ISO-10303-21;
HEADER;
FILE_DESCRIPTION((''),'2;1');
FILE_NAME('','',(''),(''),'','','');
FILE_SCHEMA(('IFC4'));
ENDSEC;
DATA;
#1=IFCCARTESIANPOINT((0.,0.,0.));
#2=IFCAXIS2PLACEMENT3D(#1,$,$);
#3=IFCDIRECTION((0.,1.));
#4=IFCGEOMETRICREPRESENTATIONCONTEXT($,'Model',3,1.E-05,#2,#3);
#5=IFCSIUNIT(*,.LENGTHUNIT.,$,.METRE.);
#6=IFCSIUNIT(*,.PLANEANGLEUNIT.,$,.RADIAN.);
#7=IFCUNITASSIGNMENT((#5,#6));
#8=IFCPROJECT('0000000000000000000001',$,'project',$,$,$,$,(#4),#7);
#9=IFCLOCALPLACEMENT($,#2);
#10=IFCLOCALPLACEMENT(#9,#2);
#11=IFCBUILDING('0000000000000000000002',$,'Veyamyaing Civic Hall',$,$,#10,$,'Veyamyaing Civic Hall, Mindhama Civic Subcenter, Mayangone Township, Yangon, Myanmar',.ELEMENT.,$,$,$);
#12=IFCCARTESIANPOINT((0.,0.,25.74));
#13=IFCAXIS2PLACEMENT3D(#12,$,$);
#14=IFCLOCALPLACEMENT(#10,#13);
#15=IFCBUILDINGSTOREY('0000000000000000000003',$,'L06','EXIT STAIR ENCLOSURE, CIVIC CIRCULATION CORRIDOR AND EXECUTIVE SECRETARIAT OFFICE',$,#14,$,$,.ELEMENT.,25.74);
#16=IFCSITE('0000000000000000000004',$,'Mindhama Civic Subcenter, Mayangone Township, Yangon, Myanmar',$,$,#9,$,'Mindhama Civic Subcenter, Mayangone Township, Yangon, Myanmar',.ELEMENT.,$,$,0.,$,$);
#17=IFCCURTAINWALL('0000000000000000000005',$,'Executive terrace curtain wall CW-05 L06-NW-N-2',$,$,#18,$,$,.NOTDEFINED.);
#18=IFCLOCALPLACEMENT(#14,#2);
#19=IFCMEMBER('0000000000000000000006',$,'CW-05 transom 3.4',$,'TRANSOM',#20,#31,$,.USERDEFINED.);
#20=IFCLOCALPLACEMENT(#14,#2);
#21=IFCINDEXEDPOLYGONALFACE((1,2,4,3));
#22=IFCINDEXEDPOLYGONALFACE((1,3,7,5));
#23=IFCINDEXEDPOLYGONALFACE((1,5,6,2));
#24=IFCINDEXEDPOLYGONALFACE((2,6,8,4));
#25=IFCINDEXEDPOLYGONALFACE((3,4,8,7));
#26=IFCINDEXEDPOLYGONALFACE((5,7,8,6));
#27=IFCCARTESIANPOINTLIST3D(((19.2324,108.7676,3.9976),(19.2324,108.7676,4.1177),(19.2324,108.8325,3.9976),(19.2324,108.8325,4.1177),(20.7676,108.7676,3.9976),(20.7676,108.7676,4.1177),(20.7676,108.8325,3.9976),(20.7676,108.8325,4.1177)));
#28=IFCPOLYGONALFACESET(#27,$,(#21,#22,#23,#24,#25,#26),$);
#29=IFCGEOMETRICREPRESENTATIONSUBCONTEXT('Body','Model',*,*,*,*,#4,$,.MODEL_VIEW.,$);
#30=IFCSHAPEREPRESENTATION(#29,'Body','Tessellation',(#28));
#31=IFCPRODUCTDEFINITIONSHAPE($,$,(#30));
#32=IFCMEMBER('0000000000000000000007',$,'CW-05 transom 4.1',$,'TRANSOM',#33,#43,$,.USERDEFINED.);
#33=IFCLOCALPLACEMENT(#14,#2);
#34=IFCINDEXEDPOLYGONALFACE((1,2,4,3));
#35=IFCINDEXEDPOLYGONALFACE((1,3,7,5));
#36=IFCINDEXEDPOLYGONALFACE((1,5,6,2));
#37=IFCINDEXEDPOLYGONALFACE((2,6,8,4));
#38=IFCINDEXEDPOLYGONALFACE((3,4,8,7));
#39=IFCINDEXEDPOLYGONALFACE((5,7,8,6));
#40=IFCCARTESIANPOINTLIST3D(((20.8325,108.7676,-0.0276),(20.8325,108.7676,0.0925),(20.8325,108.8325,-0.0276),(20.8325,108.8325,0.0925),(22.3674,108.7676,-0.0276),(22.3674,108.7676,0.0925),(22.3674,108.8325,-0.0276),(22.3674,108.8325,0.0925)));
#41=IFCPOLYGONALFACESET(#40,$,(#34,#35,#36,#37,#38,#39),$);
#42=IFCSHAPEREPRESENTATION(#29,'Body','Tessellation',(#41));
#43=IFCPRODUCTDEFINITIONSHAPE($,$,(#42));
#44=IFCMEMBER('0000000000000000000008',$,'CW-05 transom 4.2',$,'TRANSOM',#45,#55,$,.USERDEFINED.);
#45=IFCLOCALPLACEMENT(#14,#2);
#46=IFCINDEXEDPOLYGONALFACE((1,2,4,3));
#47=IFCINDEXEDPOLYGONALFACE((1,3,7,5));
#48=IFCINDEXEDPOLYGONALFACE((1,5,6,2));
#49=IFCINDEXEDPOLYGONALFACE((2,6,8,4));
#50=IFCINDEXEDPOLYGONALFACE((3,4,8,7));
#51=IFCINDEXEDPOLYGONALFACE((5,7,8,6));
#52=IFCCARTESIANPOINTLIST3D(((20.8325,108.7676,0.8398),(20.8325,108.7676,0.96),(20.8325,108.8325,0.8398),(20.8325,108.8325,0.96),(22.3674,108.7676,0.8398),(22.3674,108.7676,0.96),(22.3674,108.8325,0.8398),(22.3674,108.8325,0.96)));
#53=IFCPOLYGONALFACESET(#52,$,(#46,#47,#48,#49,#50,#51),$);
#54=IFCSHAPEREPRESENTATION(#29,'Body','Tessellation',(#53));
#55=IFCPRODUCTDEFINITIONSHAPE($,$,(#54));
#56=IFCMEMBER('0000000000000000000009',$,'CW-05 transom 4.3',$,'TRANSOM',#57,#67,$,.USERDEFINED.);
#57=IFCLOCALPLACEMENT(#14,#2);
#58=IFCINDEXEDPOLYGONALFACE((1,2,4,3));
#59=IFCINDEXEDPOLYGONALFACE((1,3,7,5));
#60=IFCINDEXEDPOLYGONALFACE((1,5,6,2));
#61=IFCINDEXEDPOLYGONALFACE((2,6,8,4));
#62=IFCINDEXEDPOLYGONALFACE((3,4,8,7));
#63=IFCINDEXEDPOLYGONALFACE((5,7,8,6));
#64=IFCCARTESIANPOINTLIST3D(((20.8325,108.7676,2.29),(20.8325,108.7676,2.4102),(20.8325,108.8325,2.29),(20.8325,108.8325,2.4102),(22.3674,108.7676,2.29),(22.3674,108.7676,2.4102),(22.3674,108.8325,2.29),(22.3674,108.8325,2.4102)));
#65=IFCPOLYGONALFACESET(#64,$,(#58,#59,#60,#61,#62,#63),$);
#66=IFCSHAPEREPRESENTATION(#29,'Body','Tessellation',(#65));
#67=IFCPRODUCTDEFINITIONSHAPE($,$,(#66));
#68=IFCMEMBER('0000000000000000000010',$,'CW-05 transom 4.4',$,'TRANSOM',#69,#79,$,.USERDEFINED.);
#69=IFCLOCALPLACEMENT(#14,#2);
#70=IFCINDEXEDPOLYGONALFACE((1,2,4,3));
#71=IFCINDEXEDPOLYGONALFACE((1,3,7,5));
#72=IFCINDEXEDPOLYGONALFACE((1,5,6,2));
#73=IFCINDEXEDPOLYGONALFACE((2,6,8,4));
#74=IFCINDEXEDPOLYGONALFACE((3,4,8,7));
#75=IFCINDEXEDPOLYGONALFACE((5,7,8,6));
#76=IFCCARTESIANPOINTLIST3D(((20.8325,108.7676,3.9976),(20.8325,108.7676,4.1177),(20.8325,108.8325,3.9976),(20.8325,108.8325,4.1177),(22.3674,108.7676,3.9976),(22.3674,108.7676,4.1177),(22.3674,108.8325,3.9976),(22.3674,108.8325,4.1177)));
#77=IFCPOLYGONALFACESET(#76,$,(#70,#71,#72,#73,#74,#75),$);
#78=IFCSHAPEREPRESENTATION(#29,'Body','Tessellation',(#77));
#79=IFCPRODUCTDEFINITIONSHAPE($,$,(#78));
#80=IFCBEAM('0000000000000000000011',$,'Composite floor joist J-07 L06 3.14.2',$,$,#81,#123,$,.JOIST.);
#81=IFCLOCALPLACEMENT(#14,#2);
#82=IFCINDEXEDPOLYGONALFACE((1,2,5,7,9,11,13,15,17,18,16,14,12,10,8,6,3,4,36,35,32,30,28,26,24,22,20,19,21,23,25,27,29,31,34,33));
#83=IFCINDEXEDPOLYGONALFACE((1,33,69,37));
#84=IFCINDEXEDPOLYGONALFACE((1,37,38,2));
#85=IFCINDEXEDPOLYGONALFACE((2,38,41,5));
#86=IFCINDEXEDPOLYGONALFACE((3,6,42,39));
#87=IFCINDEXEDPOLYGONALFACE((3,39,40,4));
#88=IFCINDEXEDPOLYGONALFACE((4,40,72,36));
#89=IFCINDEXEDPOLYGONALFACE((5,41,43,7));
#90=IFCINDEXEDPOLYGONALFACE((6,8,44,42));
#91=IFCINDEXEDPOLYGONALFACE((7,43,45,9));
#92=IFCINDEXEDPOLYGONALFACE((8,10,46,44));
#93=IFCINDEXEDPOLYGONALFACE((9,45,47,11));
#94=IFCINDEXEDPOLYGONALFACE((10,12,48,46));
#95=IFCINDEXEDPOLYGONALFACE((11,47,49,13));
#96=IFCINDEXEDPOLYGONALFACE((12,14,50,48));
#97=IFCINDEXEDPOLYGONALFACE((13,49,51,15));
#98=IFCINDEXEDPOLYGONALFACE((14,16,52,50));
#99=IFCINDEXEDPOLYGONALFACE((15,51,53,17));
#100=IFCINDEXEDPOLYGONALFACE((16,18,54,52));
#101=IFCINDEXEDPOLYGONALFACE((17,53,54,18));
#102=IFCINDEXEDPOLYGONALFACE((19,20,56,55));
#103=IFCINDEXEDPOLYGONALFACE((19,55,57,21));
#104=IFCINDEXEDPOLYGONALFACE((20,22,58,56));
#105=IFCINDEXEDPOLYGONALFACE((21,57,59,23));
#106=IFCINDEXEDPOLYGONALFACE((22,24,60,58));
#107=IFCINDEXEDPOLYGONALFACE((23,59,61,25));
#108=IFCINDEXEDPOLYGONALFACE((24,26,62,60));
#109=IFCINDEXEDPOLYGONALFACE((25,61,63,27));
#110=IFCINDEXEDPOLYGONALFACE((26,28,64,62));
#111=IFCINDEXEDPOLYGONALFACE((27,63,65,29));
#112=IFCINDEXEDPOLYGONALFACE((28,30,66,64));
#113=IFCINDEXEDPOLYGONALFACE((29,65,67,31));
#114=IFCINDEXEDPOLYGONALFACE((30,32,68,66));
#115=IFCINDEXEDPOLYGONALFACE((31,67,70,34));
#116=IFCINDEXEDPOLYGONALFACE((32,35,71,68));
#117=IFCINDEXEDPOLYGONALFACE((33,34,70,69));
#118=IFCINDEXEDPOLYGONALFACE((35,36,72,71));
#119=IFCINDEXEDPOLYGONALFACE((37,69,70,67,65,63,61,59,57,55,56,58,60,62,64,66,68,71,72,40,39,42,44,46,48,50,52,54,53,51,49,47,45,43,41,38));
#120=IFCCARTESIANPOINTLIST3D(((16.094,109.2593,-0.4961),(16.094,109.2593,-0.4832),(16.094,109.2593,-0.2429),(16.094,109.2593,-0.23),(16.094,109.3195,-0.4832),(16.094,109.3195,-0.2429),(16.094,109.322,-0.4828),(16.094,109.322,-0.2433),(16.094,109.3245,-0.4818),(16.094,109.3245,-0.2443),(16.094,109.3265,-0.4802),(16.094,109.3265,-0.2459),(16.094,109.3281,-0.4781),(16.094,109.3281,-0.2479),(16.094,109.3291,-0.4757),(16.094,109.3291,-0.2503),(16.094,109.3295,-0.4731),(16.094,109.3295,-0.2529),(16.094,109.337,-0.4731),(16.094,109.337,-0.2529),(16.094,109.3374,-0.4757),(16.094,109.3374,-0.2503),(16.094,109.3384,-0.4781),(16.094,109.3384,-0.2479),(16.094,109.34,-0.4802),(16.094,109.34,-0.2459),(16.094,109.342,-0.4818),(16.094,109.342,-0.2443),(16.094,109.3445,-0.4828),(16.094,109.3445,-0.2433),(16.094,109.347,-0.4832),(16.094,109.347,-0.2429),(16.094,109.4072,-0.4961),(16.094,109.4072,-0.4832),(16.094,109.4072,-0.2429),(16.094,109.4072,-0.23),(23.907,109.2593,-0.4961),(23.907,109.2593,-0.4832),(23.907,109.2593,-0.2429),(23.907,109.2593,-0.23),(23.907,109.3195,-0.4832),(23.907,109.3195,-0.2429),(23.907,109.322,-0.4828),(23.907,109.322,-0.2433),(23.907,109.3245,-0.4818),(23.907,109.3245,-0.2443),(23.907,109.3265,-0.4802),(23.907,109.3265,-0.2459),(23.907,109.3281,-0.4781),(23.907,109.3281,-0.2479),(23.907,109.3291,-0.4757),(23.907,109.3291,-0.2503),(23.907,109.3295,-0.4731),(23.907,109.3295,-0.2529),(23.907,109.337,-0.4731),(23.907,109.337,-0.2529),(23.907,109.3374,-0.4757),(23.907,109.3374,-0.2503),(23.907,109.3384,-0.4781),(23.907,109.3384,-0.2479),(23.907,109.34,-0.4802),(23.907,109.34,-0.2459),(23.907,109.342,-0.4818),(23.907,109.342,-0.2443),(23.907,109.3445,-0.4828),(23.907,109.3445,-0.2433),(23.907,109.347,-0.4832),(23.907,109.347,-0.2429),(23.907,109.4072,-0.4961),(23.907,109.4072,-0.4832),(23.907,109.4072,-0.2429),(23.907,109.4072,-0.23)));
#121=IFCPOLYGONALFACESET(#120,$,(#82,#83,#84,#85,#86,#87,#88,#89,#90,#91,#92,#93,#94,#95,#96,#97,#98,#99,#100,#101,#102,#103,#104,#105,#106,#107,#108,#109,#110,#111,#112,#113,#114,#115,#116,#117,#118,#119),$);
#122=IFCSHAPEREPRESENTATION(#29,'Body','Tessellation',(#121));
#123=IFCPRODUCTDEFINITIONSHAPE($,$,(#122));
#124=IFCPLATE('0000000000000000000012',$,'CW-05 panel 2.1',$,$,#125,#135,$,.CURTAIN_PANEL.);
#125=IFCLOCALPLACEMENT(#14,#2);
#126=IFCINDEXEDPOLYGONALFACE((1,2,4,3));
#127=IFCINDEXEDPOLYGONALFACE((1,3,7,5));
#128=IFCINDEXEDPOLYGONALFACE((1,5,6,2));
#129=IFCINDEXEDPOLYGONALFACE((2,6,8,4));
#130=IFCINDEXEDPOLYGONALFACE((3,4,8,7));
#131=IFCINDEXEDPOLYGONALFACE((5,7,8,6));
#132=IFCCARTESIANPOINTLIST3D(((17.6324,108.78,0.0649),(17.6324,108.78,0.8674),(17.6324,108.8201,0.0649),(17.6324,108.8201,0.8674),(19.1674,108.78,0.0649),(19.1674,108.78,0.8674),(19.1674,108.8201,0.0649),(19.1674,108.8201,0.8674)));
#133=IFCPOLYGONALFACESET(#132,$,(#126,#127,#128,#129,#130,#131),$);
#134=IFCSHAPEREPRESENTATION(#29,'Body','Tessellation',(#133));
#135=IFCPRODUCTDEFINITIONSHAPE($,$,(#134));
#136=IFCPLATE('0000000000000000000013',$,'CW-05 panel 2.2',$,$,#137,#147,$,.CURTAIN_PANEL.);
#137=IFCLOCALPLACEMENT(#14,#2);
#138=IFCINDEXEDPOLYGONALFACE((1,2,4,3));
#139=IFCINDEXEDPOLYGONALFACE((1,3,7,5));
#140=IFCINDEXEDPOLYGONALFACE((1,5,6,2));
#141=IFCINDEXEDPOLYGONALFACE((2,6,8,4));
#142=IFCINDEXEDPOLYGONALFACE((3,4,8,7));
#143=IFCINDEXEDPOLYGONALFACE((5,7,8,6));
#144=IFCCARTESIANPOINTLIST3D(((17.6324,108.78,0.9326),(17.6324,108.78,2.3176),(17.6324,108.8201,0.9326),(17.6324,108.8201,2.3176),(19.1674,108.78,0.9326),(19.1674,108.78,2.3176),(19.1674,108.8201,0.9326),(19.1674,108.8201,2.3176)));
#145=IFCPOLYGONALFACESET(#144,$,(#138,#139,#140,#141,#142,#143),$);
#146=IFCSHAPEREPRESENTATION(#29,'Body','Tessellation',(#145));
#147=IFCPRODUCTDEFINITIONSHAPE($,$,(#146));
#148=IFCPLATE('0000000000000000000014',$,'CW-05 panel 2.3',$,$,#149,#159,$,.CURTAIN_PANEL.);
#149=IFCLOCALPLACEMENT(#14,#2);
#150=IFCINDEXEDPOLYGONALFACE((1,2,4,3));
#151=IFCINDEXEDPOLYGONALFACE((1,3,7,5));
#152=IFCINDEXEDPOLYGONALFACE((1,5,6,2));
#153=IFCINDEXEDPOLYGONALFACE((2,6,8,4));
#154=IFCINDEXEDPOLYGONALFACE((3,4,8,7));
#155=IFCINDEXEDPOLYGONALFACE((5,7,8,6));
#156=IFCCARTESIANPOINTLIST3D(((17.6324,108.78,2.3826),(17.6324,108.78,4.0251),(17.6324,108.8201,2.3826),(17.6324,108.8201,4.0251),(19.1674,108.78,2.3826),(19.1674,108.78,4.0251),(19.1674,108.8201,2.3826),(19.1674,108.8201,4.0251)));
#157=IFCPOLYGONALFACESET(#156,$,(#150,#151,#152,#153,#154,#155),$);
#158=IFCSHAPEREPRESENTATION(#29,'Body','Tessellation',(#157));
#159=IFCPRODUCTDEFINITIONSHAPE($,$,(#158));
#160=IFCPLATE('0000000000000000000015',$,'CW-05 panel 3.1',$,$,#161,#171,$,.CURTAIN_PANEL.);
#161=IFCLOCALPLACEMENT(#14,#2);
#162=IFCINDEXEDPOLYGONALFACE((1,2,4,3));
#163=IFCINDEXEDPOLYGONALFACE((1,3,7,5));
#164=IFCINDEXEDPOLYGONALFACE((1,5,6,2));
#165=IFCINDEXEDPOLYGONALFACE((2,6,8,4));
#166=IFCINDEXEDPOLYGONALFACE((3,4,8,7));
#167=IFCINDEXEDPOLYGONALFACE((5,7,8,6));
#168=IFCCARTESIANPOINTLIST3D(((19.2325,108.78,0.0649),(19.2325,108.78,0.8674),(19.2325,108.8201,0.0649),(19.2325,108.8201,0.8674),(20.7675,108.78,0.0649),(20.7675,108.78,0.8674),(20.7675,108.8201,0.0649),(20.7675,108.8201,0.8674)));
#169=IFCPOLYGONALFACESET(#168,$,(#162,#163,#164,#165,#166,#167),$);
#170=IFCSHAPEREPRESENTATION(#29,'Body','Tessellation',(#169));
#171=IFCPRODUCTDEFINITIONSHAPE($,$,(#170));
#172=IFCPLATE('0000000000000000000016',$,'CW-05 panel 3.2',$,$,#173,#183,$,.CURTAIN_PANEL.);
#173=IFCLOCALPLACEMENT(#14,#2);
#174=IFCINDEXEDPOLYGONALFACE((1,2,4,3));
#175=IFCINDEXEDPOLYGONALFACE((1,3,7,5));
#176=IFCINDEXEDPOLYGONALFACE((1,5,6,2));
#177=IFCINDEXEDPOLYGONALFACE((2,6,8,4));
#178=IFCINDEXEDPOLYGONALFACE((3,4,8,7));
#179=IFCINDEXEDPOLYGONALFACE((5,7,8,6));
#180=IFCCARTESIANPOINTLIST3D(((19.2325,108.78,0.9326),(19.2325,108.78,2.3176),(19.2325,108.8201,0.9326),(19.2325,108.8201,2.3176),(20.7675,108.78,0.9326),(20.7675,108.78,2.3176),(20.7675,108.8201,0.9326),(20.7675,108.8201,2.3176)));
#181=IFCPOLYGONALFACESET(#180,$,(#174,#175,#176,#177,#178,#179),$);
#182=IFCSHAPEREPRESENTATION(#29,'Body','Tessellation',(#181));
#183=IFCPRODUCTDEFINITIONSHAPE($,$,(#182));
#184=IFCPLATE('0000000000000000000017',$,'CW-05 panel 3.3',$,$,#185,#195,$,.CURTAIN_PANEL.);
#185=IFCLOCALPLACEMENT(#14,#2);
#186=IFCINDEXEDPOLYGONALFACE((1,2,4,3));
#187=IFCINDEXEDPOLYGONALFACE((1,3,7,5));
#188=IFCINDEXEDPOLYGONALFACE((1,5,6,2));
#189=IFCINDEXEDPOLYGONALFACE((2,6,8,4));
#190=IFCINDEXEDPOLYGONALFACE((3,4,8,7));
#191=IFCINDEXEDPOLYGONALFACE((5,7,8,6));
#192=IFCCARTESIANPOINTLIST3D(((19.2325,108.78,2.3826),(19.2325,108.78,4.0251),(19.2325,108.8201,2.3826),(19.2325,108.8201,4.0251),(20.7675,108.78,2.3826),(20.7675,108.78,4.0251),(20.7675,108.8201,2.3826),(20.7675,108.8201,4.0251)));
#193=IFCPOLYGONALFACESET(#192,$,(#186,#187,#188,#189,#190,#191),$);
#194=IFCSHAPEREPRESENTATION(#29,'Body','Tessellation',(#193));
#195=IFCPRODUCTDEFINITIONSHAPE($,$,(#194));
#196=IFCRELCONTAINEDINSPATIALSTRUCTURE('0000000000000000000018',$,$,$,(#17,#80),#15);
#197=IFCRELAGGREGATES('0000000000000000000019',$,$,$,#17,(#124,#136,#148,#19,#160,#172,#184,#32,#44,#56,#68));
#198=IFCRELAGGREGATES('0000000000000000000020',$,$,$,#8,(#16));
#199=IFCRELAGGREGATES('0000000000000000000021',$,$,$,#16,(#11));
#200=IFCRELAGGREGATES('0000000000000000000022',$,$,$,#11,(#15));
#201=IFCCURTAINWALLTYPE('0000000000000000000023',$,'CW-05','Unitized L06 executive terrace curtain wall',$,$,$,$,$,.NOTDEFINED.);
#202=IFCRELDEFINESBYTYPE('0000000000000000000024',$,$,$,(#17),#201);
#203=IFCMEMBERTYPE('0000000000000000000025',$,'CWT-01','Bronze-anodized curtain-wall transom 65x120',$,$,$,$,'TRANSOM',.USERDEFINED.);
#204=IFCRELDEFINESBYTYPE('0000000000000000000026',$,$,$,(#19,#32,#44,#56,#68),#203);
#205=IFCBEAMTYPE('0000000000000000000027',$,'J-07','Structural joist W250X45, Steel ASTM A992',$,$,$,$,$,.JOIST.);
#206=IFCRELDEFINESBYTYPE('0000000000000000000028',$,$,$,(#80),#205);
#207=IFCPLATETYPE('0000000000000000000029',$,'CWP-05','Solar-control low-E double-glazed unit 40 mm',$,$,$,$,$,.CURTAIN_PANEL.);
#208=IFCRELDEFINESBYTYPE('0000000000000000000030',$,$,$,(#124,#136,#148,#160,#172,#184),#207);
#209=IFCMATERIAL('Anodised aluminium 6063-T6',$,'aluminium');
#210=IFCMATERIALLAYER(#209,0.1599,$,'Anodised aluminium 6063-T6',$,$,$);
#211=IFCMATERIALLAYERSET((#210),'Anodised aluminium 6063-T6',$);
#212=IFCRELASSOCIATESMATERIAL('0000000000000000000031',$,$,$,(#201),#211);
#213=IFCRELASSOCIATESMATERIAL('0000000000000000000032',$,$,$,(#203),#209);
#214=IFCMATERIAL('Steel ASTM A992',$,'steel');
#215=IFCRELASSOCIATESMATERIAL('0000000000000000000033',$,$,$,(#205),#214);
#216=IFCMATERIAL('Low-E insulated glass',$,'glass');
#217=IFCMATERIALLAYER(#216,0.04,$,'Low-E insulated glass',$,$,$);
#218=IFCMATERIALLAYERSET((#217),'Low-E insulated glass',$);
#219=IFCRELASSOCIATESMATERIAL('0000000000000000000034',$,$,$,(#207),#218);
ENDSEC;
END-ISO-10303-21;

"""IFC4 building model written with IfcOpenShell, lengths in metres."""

from ifc_helpers import new_model, si_unit, direction, frame, origin, origin_2d, place, context, subcontext, project, spatial, rectangle, i_section, extrude, material, layer, layer_set, material_profile, profile_set, type_object, element, aggregate, save


model = new_model("IFC4")

# Units and contexts
model_context = context("Model", 3, precision=1e-05, world=origin(), true_north=direction((0.0, 1.0)))
body_context = subcontext(model_context, "Body", "Model", "MODEL_VIEW")
ifc_project = project(units=[si_unit("LENGTHUNIT", "METRE"), si_unit("PLANEANGLEUNIT", "RADIAN")], contexts=[model_context])

# Site, building, storey
site_placement = place(None, origin())
site = spatial("IfcSite", under=ifc_project, at=site_placement, Name="Mindhama Civic Subcenter, Mayangone Township, Yangon, Myanmar", LongName="Mindhama Civic Subcenter, Mayangone Township, Yangon, Myanmar", CompositionType="ELEMENT", RefElevation=0.0)
building_placement = place(site_placement, origin())
building = spatial("IfcBuilding", under=site, at=building_placement, Name="Veyamyaing Civic Hall", LongName="Veyamyaing Civic Hall, Mindhama Civic Subcenter, Mayangone Township, Yangon, Myanmar", CompositionType="ELEMENT")
storey_placement = place(building_placement, frame((0.0, 0.0, 25.74)))
storey = spatial("IfcBuildingStorey", under=building, at=storey_placement, Name="L06", Description="EXIT STAIR ENCLOSURE, CIVIC CIRCULATION CORRIDOR AND EXECUTIVE SECRETARIAT OFFICE", CompositionType="ELEMENT", Elevation=25.74)

# Shared definitions
ifc_material_1 = material(Name="Steel ASTM A992", Category="steel")

# Curtain wall, members
ifc_material_2 = material(Name="Anodised aluminium 6063-T6", Category="aluminium")
ifc_layer_1 = layer(ifc_material_2, 0.1599, Name="Anodised aluminium 6063-T6")
ifc_layer_set_1 = layer_set([ifc_layer_1], Name="Anodised aluminium 6063-T6")
curtain_wall_type = type_object("IfcCurtainWallType", Name="CW-05", Description="Unitized L06 executive terrace curtain wall", PredefinedType="NOTDEFINED", material=ifc_layer_set_1)
curtain_wall_placement = place(storey_placement, origin())
curtain_wall = element("IfcCurtainWall", 1, at=curtain_wall_placement, inside=storey, type_object=curtain_wall_type, Name="Executive terrace curtain wall CW-05 L06-NW-N-2", PredefinedType="NOTDEFINED")
ifc_material_profile_1 = material_profile(ifc_material_2, rectangle(XDim=0.0649, YDim=0.1201, at=origin_2d()), Name="ALU-TRN-65X120")
ifc_profile_set_1 = profile_set([ifc_material_profile_1], Name="Anodised aluminium 6063-T6")
member_type_1 = type_object("IfcMemberType", Name="CWT-01", Description="Bronze-anodized curtain-wall transom 65x120", ElementType="TRANSOM", PredefinedType="USERDEFINED", material=ifc_profile_set_1)
member_1_placement = place(storey_placement, frame((19.2324, 108.8, 4.0576), z_axis=(1.0, 0.0, 0.0), x_axis=(0.0, 1.0, 0.0)))
member_1 = element("IfcMember", 2, at=member_1_placement, type_object=member_type_1, Name="CW-05 transom 3.4", ObjectType="TRANSOM", PredefinedType="USERDEFINED", context=body_context, shape_type="SweptSolid", body=[
    extrude(rectangle(XDim=0.0649, YDim=0.1201, at=origin_2d()), origin(), (0.0, 0.0, 1.0), 1.5352),
])
member_2_placement = place(storey_placement, frame((20.8325, 108.8, 0.0325), z_axis=(1.0, 0.0, 0.0), x_axis=(0.0, 1.0, 0.0)))
member_2 = element("IfcMember", 3, at=member_2_placement, type_object=member_type_1, Name="CW-05 transom 4.1", ObjectType="TRANSOM", PredefinedType="USERDEFINED", context=body_context, shape_type="SweptSolid", body=[
    extrude(rectangle(XDim=0.0649, YDim=0.1201, at=origin_2d()), origin(), (0.0, 0.0, 1.0), 1.5349),
])
member_3_placement = place(storey_placement, frame((20.8325, 108.8, 0.8999), z_axis=(1.0, 0.0, 0.0), x_axis=(0.0, 1.0, 0.0)))
member_3 = element("IfcMember", 4, at=member_3_placement, type_object=member_type_1, Name="CW-05 transom 4.2", ObjectType="TRANSOM", PredefinedType="USERDEFINED", context=body_context, shape_type="SweptSolid", body=[
    extrude(rectangle(XDim=0.0649, YDim=0.1201, at=origin_2d()), origin(), (0.0, 0.0, 1.0), 1.5349),
])
member_4_placement = place(storey_placement, frame((20.8325, 108.8, 2.3501), z_axis=(1.0, 0.0, 0.0), x_axis=(0.0, 1.0, 0.0)))
member_4 = element("IfcMember", 5, at=member_4_placement, type_object=member_type_1, Name="CW-05 transom 4.3", ObjectType="TRANSOM", PredefinedType="USERDEFINED", context=body_context, shape_type="SweptSolid", body=[
    extrude(rectangle(XDim=0.0649, YDim=0.1201, at=origin_2d()), origin(), (0.0, 0.0, 1.0), 1.5349),
])
member_5_placement = place(storey_placement, frame((20.8325, 108.8, 4.0576), z_axis=(1.0, 0.0, 0.0), x_axis=(0.0, 1.0, 0.0)))
member_5 = element("IfcMember", 6, at=member_5_placement, type_object=member_type_1, Name="CW-05 transom 4.4", ObjectType="TRANSOM", PredefinedType="USERDEFINED", context=body_context, shape_type="SweptSolid", body=[
    extrude(rectangle(XDim=0.0649, YDim=0.1201, at=origin_2d()), origin(), (0.0, 0.0, 1.0), 1.5349),
])

# Beam
ifc_material_profile_2 = material_profile(ifc_material_1, i_section(OverallWidth=0.1479, OverallDepth=0.2661, WebThickness=0.0076, FlangeThickness=0.0129, FilletRadius=0.01, at=origin_2d()), Name="W250X45")
ifc_profile_set_2 = profile_set([ifc_material_profile_2], Name="Steel ASTM A992")
beam_type_1 = type_object("IfcBeamType", Name="J-07", Description="Structural joist W250X45, Steel ASTM A992", PredefinedType="JOIST", material=ifc_profile_set_2)
beam_1_placement = place(storey_placement, frame((16.094, 109.3333, -0.363), z_axis=(1.0, 0.0, 0.0), x_axis=(0.0, 1.0, 0.0)))
element("IfcBeam", 7, at=beam_1_placement, inside=storey, type_object=beam_type_1, Name="Composite floor joist J-07 L06 3.14.2", PredefinedType="JOIST", context=body_context, shape_type="SweptSolid", body=[
    extrude(i_section(OverallWidth=0.1479, OverallDepth=0.2661, WebThickness=0.0076, FlangeThickness=0.0129, FilletRadius=0.01, at=origin_2d()), origin(), (0.0, 0.0, 1.0), 7.813),
])

# Plates
ifc_material_3 = material(Name="Low-E insulated glass", Category="glass")
ifc_layer_2 = layer(ifc_material_3, 0.04, Name="Low-E insulated glass")
ifc_layer_set_2 = layer_set([ifc_layer_2], Name="Low-E insulated glass")
plate_type = type_object("IfcPlateType", Name="CWP-05", Description="Solar-control low-E double-glazed unit 40 mm", PredefinedType="CURTAIN_PANEL", material=ifc_layer_set_2)
plate_1_placement = place(storey_placement, frame((18.3999, 108.8, 0.0649), z_axis=(0.0, 0.0, 1.0), x_axis=(1.0, 0.0, 0.0)))
plate_1 = element("IfcPlate", 8, at=plate_1_placement, type_object=plate_type, Name="CW-05 panel 2.1", PredefinedType="CURTAIN_PANEL", context=body_context, shape_type="SweptSolid", body=[
    extrude(rectangle(XDim=1.5349, YDim=0.04, at=origin_2d()), origin(), (0.0, 0.0, 1.0), 0.8025),
])
plate_2_placement = place(storey_placement, frame((18.3999, 108.8, 0.9326), z_axis=(0.0, 0.0, 1.0), x_axis=(1.0, 0.0, 0.0)))
plate_2 = element("IfcPlate", 9, at=plate_2_placement, type_object=plate_type, Name="CW-05 panel 2.2", PredefinedType="CURTAIN_PANEL", context=body_context, shape_type="SweptSolid", body=[
    extrude(rectangle(XDim=1.5349, YDim=0.04, at=origin_2d()), origin(), (0.0, 0.0, 1.0), 1.385),
])
plate_3_placement = place(storey_placement, frame((18.3999, 108.8, 2.3826), z_axis=(0.0, 0.0, 1.0), x_axis=(1.0, 0.0, 0.0)))
plate_3 = element("IfcPlate", 10, at=plate_3_placement, type_object=plate_type, Name="CW-05 panel 2.3", PredefinedType="CURTAIN_PANEL", context=body_context, shape_type="SweptSolid", body=[
    extrude(rectangle(XDim=1.5349, YDim=0.04, at=origin_2d()), origin(), (0.0, 0.0, 1.0), 1.6426),
])
plate_4_placement = place(storey_placement, frame((20.0, 108.8, 0.0649), z_axis=(0.0, 0.0, 1.0), x_axis=(1.0, 0.0, 0.0)))
plate_4 = element("IfcPlate", 11, at=plate_4_placement, type_object=plate_type, Name="CW-05 panel 3.1", PredefinedType="CURTAIN_PANEL", context=body_context, shape_type="SweptSolid", body=[
    extrude(rectangle(XDim=1.5349, YDim=0.04, at=origin_2d()), origin(), (0.0, 0.0, 1.0), 0.8025),
])
plate_5_placement = place(storey_placement, frame((20.0, 108.8, 0.9326), z_axis=(0.0, 0.0, 1.0), x_axis=(1.0, 0.0, 0.0)))
plate_5 = element("IfcPlate", 12, at=plate_5_placement, type_object=plate_type, Name="CW-05 panel 3.2", PredefinedType="CURTAIN_PANEL", context=body_context, shape_type="SweptSolid", body=[
    extrude(rectangle(XDim=1.5349, YDim=0.04, at=origin_2d()), origin(), (0.0, 0.0, 1.0), 1.385),
])
plate_6_placement = place(storey_placement, frame((20.0, 108.8, 2.3826), z_axis=(0.0, 0.0, 1.0), x_axis=(1.0, 0.0, 0.0)))
plate_6 = element("IfcPlate", 13, at=plate_6_placement, type_object=plate_type, Name="CW-05 panel 3.3", PredefinedType="CURTAIN_PANEL", context=body_context, shape_type="SweptSolid", body=[
    extrude(rectangle(XDim=1.5349, YDim=0.04, at=origin_2d()), origin(), (0.0, 0.0, 1.0), 1.6426),
])
aggregate(curtain_wall, [plate_1, plate_2, plate_3, member_1, plate_4, plate_5, plate_6, member_2, member_3, member_4, member_5])

save(model, "model.ifc")
